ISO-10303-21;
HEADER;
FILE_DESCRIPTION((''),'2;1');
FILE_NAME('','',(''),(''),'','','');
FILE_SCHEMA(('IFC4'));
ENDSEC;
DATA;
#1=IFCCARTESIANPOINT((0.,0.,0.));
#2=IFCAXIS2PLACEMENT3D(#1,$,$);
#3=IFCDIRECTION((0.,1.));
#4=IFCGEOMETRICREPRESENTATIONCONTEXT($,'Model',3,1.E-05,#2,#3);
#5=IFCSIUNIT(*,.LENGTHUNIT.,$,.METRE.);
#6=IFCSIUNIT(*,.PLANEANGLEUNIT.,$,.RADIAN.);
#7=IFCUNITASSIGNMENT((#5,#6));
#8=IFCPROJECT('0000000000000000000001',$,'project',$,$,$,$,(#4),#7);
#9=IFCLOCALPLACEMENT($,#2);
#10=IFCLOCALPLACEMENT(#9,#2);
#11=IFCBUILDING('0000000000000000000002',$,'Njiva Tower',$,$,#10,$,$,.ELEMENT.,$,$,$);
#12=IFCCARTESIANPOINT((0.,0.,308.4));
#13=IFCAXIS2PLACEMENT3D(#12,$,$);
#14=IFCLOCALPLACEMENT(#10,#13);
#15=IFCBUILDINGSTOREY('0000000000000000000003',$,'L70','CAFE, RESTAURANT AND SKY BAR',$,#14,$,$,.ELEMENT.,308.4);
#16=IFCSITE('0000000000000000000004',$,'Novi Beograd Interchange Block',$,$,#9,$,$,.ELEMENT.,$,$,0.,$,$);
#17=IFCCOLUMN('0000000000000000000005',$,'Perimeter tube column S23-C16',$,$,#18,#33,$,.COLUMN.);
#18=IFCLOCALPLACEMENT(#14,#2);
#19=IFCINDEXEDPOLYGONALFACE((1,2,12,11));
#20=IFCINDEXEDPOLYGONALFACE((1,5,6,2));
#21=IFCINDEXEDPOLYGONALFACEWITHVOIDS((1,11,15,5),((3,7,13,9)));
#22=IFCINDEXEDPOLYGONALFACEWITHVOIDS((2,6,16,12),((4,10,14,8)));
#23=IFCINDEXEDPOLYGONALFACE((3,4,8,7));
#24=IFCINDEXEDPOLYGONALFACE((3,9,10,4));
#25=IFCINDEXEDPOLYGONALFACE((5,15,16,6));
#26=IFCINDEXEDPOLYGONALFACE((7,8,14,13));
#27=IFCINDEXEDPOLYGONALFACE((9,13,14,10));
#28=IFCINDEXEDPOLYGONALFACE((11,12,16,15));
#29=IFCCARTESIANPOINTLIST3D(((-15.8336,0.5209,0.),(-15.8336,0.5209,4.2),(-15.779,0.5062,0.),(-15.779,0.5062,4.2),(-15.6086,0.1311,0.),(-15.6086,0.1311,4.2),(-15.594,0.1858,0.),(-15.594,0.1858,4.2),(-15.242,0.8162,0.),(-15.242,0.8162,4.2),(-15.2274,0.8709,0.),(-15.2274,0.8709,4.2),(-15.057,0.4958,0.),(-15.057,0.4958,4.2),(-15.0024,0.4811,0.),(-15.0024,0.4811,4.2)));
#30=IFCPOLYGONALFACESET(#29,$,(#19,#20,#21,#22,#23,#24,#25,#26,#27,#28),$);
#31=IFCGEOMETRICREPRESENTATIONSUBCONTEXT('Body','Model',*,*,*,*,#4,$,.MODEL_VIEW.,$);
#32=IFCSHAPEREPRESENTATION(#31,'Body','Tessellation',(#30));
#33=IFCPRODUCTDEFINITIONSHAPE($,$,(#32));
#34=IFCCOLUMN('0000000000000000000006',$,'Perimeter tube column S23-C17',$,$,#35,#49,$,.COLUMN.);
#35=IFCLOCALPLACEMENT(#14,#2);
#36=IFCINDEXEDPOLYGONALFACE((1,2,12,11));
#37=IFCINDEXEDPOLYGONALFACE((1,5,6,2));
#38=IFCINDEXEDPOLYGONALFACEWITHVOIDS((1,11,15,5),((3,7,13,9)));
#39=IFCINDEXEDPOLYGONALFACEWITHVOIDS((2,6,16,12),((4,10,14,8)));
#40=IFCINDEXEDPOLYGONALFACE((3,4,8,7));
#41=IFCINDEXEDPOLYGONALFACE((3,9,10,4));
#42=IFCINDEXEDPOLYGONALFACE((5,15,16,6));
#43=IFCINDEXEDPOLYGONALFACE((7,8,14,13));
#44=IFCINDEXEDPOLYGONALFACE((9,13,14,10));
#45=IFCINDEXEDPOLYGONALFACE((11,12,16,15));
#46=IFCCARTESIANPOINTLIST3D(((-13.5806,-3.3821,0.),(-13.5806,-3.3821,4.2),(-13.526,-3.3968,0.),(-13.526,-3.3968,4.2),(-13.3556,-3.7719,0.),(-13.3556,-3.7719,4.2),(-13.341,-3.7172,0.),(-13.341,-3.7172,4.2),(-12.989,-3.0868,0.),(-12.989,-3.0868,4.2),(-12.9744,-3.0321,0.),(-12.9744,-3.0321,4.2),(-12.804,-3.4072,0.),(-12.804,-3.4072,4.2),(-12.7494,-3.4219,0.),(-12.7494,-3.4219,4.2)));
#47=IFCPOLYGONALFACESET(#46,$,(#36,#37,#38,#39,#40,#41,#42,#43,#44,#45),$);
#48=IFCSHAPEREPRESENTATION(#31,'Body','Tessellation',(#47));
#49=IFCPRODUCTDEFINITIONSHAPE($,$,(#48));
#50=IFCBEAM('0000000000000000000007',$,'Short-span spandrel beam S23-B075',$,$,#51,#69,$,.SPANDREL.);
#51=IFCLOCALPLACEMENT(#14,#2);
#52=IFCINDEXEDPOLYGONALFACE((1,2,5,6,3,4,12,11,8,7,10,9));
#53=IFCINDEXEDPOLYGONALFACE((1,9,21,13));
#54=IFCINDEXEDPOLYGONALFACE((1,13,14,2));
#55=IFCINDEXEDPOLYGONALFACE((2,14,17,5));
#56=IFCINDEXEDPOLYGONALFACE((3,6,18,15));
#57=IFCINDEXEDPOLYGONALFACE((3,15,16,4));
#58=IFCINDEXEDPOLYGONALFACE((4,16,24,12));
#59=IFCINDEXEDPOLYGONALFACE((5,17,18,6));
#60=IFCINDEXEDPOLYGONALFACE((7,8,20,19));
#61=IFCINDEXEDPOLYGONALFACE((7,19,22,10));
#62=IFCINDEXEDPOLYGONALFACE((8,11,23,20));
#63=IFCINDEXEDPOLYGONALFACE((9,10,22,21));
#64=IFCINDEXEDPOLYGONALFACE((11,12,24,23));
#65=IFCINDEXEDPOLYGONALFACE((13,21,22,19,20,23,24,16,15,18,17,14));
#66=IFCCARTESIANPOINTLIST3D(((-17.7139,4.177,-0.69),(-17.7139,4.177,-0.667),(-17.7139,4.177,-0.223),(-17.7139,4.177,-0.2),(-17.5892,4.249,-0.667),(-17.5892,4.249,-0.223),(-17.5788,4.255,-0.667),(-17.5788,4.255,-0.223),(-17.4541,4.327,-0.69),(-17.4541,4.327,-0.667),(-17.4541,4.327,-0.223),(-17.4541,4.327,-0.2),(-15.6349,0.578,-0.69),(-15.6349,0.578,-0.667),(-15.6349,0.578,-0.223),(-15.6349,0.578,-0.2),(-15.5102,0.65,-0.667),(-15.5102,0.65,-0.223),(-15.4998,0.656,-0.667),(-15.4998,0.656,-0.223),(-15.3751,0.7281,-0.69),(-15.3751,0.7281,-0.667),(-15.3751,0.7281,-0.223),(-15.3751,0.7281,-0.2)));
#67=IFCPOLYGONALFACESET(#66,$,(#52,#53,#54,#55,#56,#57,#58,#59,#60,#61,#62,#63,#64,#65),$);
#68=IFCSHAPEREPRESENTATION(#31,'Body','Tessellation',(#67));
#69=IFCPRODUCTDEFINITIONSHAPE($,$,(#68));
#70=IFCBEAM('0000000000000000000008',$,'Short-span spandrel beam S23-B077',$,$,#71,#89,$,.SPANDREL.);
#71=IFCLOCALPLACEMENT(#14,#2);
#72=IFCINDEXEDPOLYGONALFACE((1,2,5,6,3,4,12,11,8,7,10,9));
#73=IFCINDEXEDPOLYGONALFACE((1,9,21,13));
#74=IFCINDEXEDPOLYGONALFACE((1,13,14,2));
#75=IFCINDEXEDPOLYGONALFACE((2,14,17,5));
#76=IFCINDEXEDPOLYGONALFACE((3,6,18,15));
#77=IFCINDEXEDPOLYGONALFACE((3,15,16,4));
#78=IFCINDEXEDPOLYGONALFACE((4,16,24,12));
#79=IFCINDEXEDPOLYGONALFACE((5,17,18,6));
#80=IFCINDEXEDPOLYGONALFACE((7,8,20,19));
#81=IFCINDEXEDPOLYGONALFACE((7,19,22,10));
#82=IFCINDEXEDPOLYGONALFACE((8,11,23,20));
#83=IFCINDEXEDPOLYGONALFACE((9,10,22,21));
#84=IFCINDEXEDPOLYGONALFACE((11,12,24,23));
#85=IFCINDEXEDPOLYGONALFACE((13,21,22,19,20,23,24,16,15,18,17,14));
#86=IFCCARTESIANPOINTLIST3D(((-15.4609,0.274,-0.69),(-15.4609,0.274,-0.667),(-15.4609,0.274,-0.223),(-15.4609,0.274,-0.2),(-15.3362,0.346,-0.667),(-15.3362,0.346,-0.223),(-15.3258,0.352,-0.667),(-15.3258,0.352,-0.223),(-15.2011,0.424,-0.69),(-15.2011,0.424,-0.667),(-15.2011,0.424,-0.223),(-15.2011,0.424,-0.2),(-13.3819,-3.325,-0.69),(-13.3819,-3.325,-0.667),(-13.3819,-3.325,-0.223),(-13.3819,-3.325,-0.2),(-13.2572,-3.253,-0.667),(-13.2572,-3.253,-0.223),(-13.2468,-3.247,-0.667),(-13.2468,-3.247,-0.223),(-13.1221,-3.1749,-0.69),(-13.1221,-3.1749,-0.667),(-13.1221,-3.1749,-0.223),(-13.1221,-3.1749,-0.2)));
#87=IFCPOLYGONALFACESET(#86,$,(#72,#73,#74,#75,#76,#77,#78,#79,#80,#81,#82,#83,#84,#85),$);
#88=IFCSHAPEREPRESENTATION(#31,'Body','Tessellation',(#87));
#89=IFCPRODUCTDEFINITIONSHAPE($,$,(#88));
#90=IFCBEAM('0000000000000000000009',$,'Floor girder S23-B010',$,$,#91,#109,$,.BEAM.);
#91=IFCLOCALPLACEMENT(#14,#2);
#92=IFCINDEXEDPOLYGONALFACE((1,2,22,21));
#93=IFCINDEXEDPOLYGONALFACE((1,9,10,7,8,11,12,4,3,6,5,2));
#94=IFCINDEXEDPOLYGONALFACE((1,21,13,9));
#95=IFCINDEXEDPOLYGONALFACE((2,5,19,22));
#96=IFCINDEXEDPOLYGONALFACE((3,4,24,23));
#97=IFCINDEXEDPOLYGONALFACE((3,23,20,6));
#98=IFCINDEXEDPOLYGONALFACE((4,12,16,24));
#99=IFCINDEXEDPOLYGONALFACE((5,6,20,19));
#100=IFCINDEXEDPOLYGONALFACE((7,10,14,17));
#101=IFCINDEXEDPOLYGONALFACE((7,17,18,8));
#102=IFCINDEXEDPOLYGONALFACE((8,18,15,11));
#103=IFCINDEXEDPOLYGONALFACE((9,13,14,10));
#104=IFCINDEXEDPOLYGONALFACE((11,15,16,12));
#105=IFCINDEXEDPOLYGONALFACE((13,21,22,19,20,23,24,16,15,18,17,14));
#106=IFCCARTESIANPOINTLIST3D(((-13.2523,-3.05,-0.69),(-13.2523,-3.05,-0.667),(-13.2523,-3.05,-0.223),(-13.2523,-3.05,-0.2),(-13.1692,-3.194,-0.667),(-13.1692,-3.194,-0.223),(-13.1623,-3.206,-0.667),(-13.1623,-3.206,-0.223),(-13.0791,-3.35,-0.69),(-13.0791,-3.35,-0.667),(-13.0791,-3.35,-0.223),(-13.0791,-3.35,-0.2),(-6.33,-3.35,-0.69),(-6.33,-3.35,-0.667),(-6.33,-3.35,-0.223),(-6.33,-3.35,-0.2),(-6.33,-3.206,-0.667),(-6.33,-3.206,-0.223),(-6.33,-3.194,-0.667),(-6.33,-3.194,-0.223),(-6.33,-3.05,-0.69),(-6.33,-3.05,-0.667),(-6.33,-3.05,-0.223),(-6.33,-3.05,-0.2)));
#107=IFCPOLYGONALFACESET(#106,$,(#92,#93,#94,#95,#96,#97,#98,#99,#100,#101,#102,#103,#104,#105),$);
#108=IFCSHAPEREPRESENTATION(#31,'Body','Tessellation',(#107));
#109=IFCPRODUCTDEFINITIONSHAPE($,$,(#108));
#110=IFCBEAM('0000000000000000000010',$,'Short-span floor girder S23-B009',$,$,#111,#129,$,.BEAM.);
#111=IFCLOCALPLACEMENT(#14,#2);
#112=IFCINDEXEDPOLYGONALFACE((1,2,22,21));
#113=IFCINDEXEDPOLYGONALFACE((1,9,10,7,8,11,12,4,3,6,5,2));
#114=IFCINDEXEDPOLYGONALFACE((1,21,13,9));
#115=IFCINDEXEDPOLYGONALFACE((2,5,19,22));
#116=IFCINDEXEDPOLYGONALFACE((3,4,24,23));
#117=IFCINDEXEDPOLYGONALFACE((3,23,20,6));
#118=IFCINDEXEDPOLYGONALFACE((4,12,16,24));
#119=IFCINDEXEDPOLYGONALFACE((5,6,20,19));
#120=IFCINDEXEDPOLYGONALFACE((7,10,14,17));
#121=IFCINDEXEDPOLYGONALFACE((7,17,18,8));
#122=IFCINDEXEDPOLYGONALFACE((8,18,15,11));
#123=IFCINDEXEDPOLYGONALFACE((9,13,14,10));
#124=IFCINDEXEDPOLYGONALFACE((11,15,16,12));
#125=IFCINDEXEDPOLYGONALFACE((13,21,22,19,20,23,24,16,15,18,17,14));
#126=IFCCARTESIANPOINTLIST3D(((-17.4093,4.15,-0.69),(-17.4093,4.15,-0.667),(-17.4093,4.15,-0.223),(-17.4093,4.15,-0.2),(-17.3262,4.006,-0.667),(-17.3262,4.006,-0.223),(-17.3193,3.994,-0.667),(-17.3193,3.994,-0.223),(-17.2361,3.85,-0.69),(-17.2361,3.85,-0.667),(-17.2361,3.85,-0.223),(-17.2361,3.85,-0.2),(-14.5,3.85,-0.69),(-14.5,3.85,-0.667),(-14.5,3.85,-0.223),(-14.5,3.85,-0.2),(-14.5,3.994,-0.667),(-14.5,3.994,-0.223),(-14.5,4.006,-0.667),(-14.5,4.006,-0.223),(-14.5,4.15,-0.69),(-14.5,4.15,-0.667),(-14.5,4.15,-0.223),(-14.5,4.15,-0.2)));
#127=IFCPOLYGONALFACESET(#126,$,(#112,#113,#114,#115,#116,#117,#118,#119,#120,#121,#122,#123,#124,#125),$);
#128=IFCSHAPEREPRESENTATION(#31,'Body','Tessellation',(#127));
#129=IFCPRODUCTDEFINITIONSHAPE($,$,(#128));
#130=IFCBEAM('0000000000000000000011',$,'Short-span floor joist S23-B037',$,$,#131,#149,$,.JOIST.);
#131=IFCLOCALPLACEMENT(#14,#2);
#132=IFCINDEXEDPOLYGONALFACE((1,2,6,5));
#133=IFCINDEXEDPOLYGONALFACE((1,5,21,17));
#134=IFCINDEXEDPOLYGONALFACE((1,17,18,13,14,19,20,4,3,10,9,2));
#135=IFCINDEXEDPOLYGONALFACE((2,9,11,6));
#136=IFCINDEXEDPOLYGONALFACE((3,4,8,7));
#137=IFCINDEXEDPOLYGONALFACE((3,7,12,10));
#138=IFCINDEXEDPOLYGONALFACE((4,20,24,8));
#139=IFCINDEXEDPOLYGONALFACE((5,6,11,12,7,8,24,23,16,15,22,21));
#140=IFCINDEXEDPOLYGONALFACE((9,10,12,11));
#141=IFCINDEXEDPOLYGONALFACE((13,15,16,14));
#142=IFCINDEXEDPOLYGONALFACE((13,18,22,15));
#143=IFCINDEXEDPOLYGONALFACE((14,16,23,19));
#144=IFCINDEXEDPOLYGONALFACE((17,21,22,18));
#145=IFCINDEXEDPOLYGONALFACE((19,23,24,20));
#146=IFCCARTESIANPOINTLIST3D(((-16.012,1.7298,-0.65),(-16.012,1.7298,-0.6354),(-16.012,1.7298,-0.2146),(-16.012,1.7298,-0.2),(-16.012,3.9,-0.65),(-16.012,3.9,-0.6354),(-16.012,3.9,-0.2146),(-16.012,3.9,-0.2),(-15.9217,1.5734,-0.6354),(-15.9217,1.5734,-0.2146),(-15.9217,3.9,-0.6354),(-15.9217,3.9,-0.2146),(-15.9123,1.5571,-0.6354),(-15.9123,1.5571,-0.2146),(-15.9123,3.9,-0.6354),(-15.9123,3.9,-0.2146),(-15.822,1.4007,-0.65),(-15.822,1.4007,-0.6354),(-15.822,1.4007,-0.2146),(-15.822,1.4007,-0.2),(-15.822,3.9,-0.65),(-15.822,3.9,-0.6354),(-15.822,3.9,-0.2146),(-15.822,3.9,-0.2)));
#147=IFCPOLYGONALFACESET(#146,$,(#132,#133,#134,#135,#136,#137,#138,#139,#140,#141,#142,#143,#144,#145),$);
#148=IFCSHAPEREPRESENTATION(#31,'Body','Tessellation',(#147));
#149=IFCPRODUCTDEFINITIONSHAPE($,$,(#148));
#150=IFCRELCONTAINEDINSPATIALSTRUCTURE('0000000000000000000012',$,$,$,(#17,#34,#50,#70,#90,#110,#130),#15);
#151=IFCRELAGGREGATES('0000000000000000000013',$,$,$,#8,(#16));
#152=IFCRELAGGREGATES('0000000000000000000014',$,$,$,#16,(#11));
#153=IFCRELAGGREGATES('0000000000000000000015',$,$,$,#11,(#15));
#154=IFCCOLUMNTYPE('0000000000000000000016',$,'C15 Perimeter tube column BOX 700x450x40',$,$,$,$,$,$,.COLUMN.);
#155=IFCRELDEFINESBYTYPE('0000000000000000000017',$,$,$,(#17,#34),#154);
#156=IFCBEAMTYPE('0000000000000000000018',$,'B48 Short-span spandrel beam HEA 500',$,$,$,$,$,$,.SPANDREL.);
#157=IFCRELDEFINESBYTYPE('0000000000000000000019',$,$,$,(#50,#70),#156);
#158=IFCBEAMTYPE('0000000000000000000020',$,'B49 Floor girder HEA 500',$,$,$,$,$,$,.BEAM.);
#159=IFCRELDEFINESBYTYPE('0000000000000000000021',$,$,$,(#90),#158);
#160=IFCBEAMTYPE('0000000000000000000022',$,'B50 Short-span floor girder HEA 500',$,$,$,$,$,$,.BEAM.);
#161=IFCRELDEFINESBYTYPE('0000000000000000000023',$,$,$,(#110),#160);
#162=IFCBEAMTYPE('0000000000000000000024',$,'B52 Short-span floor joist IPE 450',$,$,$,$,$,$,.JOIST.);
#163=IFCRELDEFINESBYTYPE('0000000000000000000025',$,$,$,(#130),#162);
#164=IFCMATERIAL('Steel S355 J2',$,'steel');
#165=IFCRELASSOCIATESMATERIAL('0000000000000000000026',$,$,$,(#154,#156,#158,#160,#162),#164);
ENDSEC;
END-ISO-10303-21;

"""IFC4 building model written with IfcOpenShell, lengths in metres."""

from ifc_helpers import new_model, si_unit, direction, frame, origin, origin_2d, place, context, subcontext, project, spatial, hollow_rectangle, i_section, extrude, clip, halfspace, material, material_profile, profile_set, type_object, element, save


model = new_model("IFC4")

# Units and contexts
model_context = context("Model", 3, precision=1e-05, world=origin(), true_north=direction((0.0, 1.0)))
body_context = subcontext(model_context, "Body", "Model", "MODEL_VIEW")
ifc_project = project(units=[si_unit("LENGTHUNIT", "METRE"), si_unit("PLANEANGLEUNIT", "RADIAN")], contexts=[model_context])

# Site, building, storey
site_placement = place(None, origin())
site = spatial("IfcSite", under=ifc_project, at=site_placement, Name="Novi Beograd Interchange Block", CompositionType="ELEMENT", RefElevation=0.0)
building_placement = place(site_placement, origin())
building = spatial("IfcBuilding", under=site, at=building_placement, Name="Njiva Tower", CompositionType="ELEMENT")
storey_placement = place(building_placement, frame((0.0, 0.0, 308.4)))
storey = spatial("IfcBuildingStorey", under=building, at=storey_placement, Name="L70", Description="CAFE, RESTAURANT AND SKY BAR", CompositionType="ELEMENT", Elevation=308.4)

# Columns
ifc_material_1 = material(Name="Steel S355 J2", Category="steel")
ifc_material_profile_1 = material_profile(ifc_material_1, hollow_rectangle(XDim=0.45, YDim=0.7, WallThickness=0.04, at=origin_2d()), Name="BOX 700x450x40")
ifc_profile_set_1 = profile_set([ifc_material_profile_1], Name="Steel S355 J2")
column_type = type_object("IfcColumnType", Name="C15 Perimeter tube column BOX 700x450x40", PredefinedType="COLUMN", material=ifc_profile_set_1)
for number, where, z_axis, x_axis, name in (
    (1, (-15.418, 0.501, 0.0), (0.0, 0.0, 1.0), (0.5, -0.866025, 0.0), "Perimeter tube column S23-C16"),
    (2, (-13.165, -3.402, 0.0), (0.0, 0.0, 1.0), (0.5, -0.866025, 0.0), "Perimeter tube column S23-C17"),
):
    element("IfcColumn", number, at=place(storey_placement, frame(where, z_axis=z_axis, x_axis=x_axis)), inside=storey, type_object=column_type, Name=name, PredefinedType="COLUMN", context=body_context, shape_type="SweptSolid", body=[
        extrude(hollow_rectangle(XDim=0.45, YDim=0.7, WallThickness=0.04, at=origin_2d()), origin(), (0.0, 0.0, 1.0), 4.2),
    ])

# Beams
ifc_material_profile_2 = material_profile(ifc_material_1, i_section(OverallWidth=0.3, OverallDepth=0.49, WebThickness=0.012, FlangeThickness=0.023, at=origin_2d()), Name="HEA 500")
ifc_profile_set_2 = profile_set([ifc_material_profile_2], Name="Steel S355 J2")
beam_type_1 = type_object("IfcBeamType", Name="B48 Short-span spandrel beam HEA 500", PredefinedType="SPANDREL", material=ifc_profile_set_2)
for number, where, z_axis, x_axis, name in (
    (3, (-17.584, 4.252, -0.445), (0.500201, -0.865909, 0.0), (0.865909, 0.500201, 0.0), "Short-span spandrel beam S23-B075"),
    (4, (-15.331, 0.349, -0.445), (0.500201, -0.865909, 0.0), (0.865909, 0.500201, 0.0), "Short-span spandrel beam S23-B077"),
):
    element("IfcBeam", number, at=place(storey_placement, frame(where, z_axis=z_axis, x_axis=x_axis)), inside=storey, type_object=beam_type_1, Name=name, PredefinedType="SPANDREL", context=body_context, shape_type="SweptSolid", body=[
        extrude(i_section(OverallWidth=0.3, OverallDepth=0.49, WebThickness=0.012, FlangeThickness=0.023, at=origin_2d()), origin(), (0.0, 0.0, 1.0), 4.1563),
    ])
ifc_material_profile_3 = material_profile(ifc_material_1, i_section(OverallWidth=0.3, OverallDepth=0.49, WebThickness=0.012, FlangeThickness=0.023, at=origin_2d()), Name="HEA 500")
ifc_profile_set_3 = profile_set([ifc_material_profile_3], Name="Steel S355 J2")
beam_type_2 = type_object("IfcBeamType", Name="B49 Floor girder HEA 500", PredefinedType="BEAM", material=ifc_profile_set_3)
beam_1_placement = place(storey_placement, frame((-13.273, -3.2, -0.445), z_axis=(1.0, 0.0, 0.0), x_axis=(0.0, 1.0, 0.0)))
element("IfcBeam", 5, at=beam_1_placement, inside=storey, type_object=beam_type_2, Name="Floor girder S23-B010", PredefinedType="BEAM", context=body_context, shape_type="Clipping", body=[
    clip(extrude(i_section(OverallWidth=0.3, OverallDepth=0.49, WebThickness=0.012, FlangeThickness=0.023, at=origin_2d()), origin(), (0.0, 0.0, 1.0), 6.943), halfspace(frame((-0.025, 0.0, 0.1217), z_axis=(-0.499998, 0.0, -0.866027), x_axis=(0.0, -1.0, 0.0)), False)),
])
ifc_material_profile_4 = material_profile(ifc_material_1, i_section(OverallWidth=0.3, OverallDepth=0.49, WebThickness=0.012, FlangeThickness=0.023, at=origin_2d()), Name="HEA 500")
ifc_profile_set_4 = profile_set([ifc_material_profile_4], Name="Steel S355 J2")
beam_type_3 = type_object("IfcBeamType", Name="B50 Short-span floor girder HEA 500", PredefinedType="BEAM", material=ifc_profile_set_4)
beam_2_placement = place(storey_placement, frame((-17.43, 4.0, -0.445), z_axis=(1.0, 0.0, 0.0), x_axis=(0.0, 1.0, 0.0)))
element("IfcBeam", 6, at=beam_2_placement, inside=storey, type_object=beam_type_3, Name="Short-span floor girder S23-B009", PredefinedType="BEAM", context=body_context, shape_type="Clipping", body=[
    clip(extrude(i_section(OverallWidth=0.3, OverallDepth=0.49, WebThickness=0.012, FlangeThickness=0.023, at=origin_2d()), origin(), (0.0, 0.0, 1.0), 2.93), halfspace(frame((-0.025, 0.0, 0.1217), z_axis=(-0.499998, 0.0, -0.866027), x_axis=(0.0, -1.0, 0.0)), False)),
])
ifc_material_profile_5 = material_profile(ifc_material_1, i_section(OverallWidth=0.19, OverallDepth=0.45, WebThickness=0.0094, FlangeThickness=0.0146, at=origin_2d()), Name="IPE 450")
ifc_profile_set_5 = profile_set([ifc_material_profile_5], Name="Steel S355 J2")
beam_type_4 = type_object("IfcBeamType", Name="B52 Short-span floor joist IPE 450", PredefinedType="JOIST", material=ifc_profile_set_5)
beam_3_placement = place(storey_placement, frame((-15.917, 3.9, -0.425), z_axis=(0.0, -1.0, 0.0), x_axis=(1.0, 0.0, 0.0)))
element("IfcBeam", 7, at=beam_3_placement, inside=storey, type_object=beam_type_4, Name="Short-span floor joist S23-B037", PredefinedType="JOIST", context=body_context, shape_type="Clipping", body=[
    clip(extrude(i_section(OverallWidth=0.19, OverallDepth=0.45, WebThickness=0.0094, FlangeThickness=0.0146, at=origin_2d()), origin(), (0.0, 0.0, 1.0), 2.52), halfspace(frame((-0.043, 0.0, 2.2603), z_axis=(-0.866027, 0.0, 0.499998), x_axis=(0.0, 1.0, 0.0)), False)),
])

save(model, "model.ifc")
